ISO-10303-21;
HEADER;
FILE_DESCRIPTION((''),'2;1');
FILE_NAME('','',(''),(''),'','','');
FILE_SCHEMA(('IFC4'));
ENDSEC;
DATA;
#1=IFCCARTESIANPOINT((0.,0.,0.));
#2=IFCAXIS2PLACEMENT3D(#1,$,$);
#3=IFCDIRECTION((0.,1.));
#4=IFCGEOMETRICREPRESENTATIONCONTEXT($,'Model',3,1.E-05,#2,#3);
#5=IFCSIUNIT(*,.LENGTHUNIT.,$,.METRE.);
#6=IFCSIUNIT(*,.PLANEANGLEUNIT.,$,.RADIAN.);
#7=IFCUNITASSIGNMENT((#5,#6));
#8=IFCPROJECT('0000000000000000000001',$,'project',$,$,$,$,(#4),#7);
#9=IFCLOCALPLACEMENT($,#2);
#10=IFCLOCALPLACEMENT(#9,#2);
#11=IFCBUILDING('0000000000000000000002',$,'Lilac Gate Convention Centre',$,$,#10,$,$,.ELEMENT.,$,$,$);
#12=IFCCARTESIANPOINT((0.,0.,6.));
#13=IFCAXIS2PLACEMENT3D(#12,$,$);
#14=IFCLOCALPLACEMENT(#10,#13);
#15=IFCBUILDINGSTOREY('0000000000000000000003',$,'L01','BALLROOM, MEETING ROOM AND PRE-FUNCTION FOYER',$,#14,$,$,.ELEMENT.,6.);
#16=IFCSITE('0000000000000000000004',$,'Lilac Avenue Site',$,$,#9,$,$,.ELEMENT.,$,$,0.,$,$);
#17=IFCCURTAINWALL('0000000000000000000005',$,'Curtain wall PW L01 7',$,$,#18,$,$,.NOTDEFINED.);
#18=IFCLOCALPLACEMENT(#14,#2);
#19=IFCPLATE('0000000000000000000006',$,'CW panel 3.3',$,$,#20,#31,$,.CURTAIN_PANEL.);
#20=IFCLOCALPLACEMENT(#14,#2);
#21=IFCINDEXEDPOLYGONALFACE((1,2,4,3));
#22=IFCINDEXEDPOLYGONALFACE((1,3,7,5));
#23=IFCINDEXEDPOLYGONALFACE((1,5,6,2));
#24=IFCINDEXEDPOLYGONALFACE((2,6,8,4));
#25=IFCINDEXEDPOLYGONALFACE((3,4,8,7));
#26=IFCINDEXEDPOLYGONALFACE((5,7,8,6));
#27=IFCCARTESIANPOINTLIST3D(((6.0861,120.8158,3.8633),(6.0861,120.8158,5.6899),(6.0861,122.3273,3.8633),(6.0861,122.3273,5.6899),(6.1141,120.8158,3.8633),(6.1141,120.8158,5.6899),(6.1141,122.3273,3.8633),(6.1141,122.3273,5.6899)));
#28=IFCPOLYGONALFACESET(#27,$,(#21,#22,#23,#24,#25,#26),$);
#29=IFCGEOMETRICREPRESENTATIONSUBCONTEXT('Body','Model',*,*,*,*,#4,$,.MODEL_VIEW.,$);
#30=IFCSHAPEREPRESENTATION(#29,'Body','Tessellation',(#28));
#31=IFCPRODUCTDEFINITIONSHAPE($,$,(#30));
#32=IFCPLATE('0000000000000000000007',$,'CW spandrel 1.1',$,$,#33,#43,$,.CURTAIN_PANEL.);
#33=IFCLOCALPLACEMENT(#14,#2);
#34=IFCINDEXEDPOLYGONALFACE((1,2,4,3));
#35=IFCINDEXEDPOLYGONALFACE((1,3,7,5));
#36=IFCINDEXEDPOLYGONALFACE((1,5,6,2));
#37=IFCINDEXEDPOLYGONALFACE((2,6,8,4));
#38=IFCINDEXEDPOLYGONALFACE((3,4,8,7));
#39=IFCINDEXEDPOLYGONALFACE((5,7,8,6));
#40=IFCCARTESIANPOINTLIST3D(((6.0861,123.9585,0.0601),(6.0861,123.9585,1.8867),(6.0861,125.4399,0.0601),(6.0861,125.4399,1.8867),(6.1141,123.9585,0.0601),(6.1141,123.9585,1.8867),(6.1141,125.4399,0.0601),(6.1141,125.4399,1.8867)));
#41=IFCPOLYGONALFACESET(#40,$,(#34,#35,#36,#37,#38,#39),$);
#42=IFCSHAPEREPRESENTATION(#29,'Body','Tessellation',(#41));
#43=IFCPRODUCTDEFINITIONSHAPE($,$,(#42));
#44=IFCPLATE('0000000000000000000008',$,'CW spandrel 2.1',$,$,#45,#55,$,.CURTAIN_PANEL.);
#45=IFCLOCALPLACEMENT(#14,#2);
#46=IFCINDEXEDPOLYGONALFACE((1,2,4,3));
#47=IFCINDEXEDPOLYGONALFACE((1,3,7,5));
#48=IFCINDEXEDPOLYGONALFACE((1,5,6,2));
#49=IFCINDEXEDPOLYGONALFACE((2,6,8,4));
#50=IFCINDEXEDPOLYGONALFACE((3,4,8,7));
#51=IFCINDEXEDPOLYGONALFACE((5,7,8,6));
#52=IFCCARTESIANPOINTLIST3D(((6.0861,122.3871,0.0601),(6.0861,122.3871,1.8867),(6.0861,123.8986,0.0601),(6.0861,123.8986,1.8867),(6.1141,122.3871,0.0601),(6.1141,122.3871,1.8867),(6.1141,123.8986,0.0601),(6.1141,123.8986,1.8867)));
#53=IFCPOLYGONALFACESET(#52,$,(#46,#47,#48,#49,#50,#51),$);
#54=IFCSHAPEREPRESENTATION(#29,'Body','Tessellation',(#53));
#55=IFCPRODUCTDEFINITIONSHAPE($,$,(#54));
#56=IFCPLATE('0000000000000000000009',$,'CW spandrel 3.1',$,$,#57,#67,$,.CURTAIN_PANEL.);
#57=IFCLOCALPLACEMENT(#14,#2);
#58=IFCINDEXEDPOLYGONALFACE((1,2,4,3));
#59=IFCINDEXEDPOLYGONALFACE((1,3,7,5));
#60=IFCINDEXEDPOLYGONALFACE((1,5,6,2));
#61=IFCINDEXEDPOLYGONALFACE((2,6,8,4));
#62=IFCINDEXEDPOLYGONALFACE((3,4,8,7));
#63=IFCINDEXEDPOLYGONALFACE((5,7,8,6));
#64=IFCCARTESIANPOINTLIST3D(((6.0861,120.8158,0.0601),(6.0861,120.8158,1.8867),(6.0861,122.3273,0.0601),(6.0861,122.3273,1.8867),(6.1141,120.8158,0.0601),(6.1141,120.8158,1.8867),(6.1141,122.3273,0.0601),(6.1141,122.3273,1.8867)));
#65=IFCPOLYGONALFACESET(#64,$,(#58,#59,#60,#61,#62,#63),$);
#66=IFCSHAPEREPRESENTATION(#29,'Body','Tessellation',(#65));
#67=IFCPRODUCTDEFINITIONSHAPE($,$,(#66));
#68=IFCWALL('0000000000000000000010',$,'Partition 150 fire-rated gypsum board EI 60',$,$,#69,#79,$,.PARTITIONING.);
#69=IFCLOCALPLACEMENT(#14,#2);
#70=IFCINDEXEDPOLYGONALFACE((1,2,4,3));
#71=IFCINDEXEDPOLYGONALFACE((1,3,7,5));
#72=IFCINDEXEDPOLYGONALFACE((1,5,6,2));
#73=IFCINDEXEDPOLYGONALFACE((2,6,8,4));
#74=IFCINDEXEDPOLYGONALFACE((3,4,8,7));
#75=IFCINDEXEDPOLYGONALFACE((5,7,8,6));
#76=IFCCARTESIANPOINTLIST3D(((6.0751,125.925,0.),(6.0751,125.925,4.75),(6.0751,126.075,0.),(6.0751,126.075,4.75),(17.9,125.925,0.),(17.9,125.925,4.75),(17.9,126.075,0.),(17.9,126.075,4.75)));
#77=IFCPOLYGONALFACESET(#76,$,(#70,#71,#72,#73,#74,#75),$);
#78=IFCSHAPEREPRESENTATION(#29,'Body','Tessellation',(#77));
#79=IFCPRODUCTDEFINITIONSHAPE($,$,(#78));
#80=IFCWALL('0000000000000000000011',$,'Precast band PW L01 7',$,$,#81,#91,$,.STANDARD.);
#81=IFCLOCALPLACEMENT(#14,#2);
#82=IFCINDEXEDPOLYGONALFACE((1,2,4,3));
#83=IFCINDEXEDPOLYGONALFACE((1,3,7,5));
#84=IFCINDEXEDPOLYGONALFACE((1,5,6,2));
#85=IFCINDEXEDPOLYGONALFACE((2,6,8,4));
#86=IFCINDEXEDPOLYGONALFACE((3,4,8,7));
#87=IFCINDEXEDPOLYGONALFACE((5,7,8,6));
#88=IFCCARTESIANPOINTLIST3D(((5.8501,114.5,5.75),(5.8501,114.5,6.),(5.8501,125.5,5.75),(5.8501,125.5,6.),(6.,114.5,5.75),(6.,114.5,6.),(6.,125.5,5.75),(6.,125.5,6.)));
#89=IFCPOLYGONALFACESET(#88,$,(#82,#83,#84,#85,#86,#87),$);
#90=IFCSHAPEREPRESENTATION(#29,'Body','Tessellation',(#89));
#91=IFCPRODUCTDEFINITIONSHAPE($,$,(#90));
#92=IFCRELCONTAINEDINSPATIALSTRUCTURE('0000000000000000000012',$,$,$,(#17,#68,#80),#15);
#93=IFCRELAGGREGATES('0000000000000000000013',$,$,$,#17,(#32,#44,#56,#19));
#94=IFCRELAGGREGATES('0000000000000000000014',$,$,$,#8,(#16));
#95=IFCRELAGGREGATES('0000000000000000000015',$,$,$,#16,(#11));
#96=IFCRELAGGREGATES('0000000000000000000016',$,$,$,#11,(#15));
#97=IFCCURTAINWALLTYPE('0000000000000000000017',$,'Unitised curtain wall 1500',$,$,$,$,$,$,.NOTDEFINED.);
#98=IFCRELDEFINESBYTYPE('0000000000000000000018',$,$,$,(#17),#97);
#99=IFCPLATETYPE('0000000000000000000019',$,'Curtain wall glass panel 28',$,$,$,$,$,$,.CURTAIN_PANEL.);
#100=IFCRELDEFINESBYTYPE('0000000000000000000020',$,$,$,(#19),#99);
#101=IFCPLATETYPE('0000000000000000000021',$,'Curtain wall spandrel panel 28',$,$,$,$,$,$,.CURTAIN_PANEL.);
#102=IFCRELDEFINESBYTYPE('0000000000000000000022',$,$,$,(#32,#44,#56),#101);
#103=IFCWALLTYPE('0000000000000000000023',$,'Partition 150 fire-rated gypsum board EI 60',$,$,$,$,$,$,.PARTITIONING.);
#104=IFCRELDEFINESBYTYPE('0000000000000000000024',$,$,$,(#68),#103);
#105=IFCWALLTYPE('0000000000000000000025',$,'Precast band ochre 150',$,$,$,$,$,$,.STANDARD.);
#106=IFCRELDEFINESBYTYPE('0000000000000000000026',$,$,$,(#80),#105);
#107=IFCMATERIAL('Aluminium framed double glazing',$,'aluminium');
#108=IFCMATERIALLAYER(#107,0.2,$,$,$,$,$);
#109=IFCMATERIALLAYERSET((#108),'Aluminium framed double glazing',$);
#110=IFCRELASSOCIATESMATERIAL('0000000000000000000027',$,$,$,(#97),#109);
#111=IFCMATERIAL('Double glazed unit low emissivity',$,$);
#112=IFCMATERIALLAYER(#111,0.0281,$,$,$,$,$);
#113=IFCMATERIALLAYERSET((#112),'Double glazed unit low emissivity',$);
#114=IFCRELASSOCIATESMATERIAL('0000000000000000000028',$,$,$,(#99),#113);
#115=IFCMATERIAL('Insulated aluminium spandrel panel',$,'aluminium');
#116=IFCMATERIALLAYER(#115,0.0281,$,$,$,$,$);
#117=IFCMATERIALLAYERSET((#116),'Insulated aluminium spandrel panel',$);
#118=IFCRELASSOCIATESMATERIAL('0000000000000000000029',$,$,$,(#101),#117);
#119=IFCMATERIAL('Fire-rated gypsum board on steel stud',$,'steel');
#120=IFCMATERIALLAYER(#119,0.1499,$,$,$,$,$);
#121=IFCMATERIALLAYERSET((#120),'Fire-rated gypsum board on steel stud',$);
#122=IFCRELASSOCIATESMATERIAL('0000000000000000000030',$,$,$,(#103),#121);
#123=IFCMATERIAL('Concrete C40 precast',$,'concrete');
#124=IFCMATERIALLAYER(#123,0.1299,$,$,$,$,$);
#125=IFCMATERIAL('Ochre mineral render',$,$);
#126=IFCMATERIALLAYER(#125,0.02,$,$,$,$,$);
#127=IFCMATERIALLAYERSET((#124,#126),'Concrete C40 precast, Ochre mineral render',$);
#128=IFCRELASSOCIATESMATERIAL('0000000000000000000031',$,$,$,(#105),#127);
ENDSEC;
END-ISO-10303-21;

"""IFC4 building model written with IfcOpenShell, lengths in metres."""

from ifc_helpers import new_model, si_unit, direction, frame, frame_2d, origin, origin_2d, place, context, subcontext, project, spatial, rectangle, extrude, material, layer, layer_set, type_object, element, aggregate, save


model = new_model("IFC4")

# Units and contexts
model_context = context("Model", 3, precision=1e-05, world=origin(), true_north=direction((0.0, 1.0)))
body_context = subcontext(model_context, "Body", "Model", "MODEL_VIEW")
ifc_project = project(units=[si_unit("LENGTHUNIT", "METRE"), si_unit("PLANEANGLEUNIT", "RADIAN")], contexts=[model_context])

# Site, building, storey
site_placement = place(None, origin())
site = spatial("IfcSite", under=ifc_project, at=site_placement, Name="Lilac Avenue Site", CompositionType="ELEMENT", RefElevation=0.0)
building_placement = place(site_placement, origin())
building = spatial("IfcBuilding", under=site, at=building_placement, Name="Lilac Gate Convention Centre", CompositionType="ELEMENT")
storey_placement = place(building_placement, frame((0.0, 0.0, 6.0)))
storey = spatial("IfcBuildingStorey", under=building, at=storey_placement, Name="L01", Description="BALLROOM, MEETING ROOM AND PRE-FUNCTION FOYER", CompositionType="ELEMENT", Elevation=6.0)

# Shared definitions
ifc_material_1 = material(Name="Aluminium framed double glazing", Category="aluminium")
ifc_layer_1 = layer(ifc_material_1, 0.2)
ifc_layer_set_1 = layer_set([ifc_layer_1], Name="Aluminium framed double glazing")
curtain_wall_type = type_object("IfcCurtainWallType", Name="Unitised curtain wall 1500", PredefinedType="NOTDEFINED", material=ifc_layer_set_1)

# Curtain wall
curtain_wall_1_placement = place(storey_placement, origin())
curtain_wall_1 = element("IfcCurtainWall", 1, at=curtain_wall_1_placement, inside=storey, type_object=curtain_wall_type, Name="Curtain wall PW L01 7", PredefinedType="NOTDEFINED")

# Plates
ifc_material_2 = material(Name="Double glazed unit low emissivity")
ifc_layer_2 = layer(ifc_material_2, 0.0281)
ifc_layer_set_2 = layer_set([ifc_layer_2], Name="Double glazed unit low emissivity")
plate_type_1 = type_object("IfcPlateType", Name="Curtain wall glass panel 28", PredefinedType="CURTAIN_PANEL", material=ifc_layer_set_2)
plate_1_placement = place(storey_placement, frame((6.1001, 121.5715, 3.8633), z_axis=(0.0, 0.0, 1.0), x_axis=(0.0, -1.0, 0.0)))
plate_1 = element("IfcPlate", 2, at=plate_1_placement, type_object=plate_type_1, Name="CW panel 3.3", PredefinedType="CURTAIN_PANEL", context=body_context, shape_type="SweptSolid", body=[
    extrude(rectangle(XDim=1.5115, YDim=0.0281, at=origin_2d()), origin(), (0.0, 0.0, 1.0), 1.8267),
])
ifc_material_3 = material(Name="Insulated aluminium spandrel panel", Category="aluminium")
ifc_layer_3 = layer(ifc_material_3, 0.0281)
ifc_layer_set_3 = layer_set([ifc_layer_3], Name="Insulated aluminium spandrel panel")
plate_type_2 = type_object("IfcPlateType", Name="Curtain wall spandrel panel 28", PredefinedType="CURTAIN_PANEL", material=ifc_layer_set_3)
plate_2_placement = place(storey_placement, frame((6.1001, 124.6992, 0.0601), z_axis=(0.0, 0.0, 1.0), x_axis=(0.0, -1.0, 0.0)))
plate_2 = element("IfcPlate", 3, at=plate_2_placement, type_object=plate_type_2, Name="CW spandrel 1.1", PredefinedType="CURTAIN_PANEL", context=body_context, shape_type="SweptSolid", body=[
    extrude(rectangle(XDim=1.4814, YDim=0.0281, at=origin_2d()), origin(), (0.0, 0.0, 1.0), 1.8267),
])
plate_3_placement = place(storey_placement, frame((6.1001, 123.1428, 0.0601), z_axis=(0.0, 0.0, 1.0), x_axis=(0.0, -1.0, 0.0)))
plate_3 = element("IfcPlate", 4, at=plate_3_placement, type_object=plate_type_2, Name="CW spandrel 2.1", PredefinedType="CURTAIN_PANEL", context=body_context, shape_type="SweptSolid", body=[
    extrude(rectangle(XDim=1.5115, YDim=0.0281, at=origin_2d()), origin(), (0.0, 0.0, 1.0), 1.8267),
])
plate_4_placement = place(storey_placement, frame((6.1001, 121.5715, 0.0601), z_axis=(0.0, 0.0, 1.0), x_axis=(0.0, -1.0, 0.0)))
plate_4 = element("IfcPlate", 5, at=plate_4_placement, type_object=plate_type_2, Name="CW spandrel 3.1", PredefinedType="CURTAIN_PANEL", context=body_context, shape_type="SweptSolid", body=[
    extrude(rectangle(XDim=1.5115, YDim=0.0281, at=origin_2d()), origin(), (0.0, 0.0, 1.0), 1.8267),
])
aggregate(curtain_wall_1, [plate_2, plate_3, plate_4, plate_1])

# Walls
ifc_material_4 = material(Name="Fire-rated gypsum board on steel stud", Category="steel")
ifc_layer_4 = layer(ifc_material_4, 0.1499)
ifc_layer_set_4 = layer_set([ifc_layer_4], Name="Fire-rated gypsum board on steel stud")
wall_type_1 = type_object("IfcWallType", Name="Partition 150 fire-rated gypsum board EI 60", PredefinedType="PARTITIONING", material=ifc_layer_set_4)
wall_1_placement = place(storey_placement, frame((6.075, 126.0, 0.0), z_axis=(0.0, 0.0, 1.0), x_axis=(1.0, 0.0, 0.0)))
element("IfcWall", 6, at=wall_1_placement, inside=storey, type_object=wall_type_1, Name="Partition 150 fire-rated gypsum board EI 60", PredefinedType="PARTITIONING", context=body_context, shape_type="SweptSolid", body=[
    extrude(rectangle(XDim=11.825, YDim=0.1499, at=frame_2d((5.9126, 0.0))), origin(), (0.0, 0.0, 1.0), 4.75),
])
ifc_material_5 = material(Name="Concrete C40 precast", Category="concrete")
ifc_layer_5 = layer(ifc_material_5, 0.1299)
ifc_material_6 = material(Name="Ochre mineral render")
ifc_layer_6 = layer(ifc_material_6, 0.02)
ifc_layer_set_5 = layer_set([ifc_layer_5, ifc_layer_6], Name="Concrete C40 precast, Ochre mineral render")
wall_type_2 = type_object("IfcWallType", Name="Precast band ochre 150", PredefinedType="STANDARD", material=ifc_layer_set_5)
wall_2_placement = place(storey_placement, frame((5.925, 125.5, 5.75), z_axis=(0.0, 0.0, 1.0), x_axis=(0.0, -1.0, 0.0)))
element("IfcWall", 7, at=wall_2_placement, inside=storey, type_object=wall_type_2, Name="Precast band PW L01 7", PredefinedType="STANDARD", context=body_context, shape_type="SweptSolid", body=[
    extrude(rectangle(XDim=11.0, YDim=0.1499, at=frame_2d((5.5, 0.0))), origin(), (0.0, 0.0, 1.0), 0.25),
])

save(model, "model.ifc")
